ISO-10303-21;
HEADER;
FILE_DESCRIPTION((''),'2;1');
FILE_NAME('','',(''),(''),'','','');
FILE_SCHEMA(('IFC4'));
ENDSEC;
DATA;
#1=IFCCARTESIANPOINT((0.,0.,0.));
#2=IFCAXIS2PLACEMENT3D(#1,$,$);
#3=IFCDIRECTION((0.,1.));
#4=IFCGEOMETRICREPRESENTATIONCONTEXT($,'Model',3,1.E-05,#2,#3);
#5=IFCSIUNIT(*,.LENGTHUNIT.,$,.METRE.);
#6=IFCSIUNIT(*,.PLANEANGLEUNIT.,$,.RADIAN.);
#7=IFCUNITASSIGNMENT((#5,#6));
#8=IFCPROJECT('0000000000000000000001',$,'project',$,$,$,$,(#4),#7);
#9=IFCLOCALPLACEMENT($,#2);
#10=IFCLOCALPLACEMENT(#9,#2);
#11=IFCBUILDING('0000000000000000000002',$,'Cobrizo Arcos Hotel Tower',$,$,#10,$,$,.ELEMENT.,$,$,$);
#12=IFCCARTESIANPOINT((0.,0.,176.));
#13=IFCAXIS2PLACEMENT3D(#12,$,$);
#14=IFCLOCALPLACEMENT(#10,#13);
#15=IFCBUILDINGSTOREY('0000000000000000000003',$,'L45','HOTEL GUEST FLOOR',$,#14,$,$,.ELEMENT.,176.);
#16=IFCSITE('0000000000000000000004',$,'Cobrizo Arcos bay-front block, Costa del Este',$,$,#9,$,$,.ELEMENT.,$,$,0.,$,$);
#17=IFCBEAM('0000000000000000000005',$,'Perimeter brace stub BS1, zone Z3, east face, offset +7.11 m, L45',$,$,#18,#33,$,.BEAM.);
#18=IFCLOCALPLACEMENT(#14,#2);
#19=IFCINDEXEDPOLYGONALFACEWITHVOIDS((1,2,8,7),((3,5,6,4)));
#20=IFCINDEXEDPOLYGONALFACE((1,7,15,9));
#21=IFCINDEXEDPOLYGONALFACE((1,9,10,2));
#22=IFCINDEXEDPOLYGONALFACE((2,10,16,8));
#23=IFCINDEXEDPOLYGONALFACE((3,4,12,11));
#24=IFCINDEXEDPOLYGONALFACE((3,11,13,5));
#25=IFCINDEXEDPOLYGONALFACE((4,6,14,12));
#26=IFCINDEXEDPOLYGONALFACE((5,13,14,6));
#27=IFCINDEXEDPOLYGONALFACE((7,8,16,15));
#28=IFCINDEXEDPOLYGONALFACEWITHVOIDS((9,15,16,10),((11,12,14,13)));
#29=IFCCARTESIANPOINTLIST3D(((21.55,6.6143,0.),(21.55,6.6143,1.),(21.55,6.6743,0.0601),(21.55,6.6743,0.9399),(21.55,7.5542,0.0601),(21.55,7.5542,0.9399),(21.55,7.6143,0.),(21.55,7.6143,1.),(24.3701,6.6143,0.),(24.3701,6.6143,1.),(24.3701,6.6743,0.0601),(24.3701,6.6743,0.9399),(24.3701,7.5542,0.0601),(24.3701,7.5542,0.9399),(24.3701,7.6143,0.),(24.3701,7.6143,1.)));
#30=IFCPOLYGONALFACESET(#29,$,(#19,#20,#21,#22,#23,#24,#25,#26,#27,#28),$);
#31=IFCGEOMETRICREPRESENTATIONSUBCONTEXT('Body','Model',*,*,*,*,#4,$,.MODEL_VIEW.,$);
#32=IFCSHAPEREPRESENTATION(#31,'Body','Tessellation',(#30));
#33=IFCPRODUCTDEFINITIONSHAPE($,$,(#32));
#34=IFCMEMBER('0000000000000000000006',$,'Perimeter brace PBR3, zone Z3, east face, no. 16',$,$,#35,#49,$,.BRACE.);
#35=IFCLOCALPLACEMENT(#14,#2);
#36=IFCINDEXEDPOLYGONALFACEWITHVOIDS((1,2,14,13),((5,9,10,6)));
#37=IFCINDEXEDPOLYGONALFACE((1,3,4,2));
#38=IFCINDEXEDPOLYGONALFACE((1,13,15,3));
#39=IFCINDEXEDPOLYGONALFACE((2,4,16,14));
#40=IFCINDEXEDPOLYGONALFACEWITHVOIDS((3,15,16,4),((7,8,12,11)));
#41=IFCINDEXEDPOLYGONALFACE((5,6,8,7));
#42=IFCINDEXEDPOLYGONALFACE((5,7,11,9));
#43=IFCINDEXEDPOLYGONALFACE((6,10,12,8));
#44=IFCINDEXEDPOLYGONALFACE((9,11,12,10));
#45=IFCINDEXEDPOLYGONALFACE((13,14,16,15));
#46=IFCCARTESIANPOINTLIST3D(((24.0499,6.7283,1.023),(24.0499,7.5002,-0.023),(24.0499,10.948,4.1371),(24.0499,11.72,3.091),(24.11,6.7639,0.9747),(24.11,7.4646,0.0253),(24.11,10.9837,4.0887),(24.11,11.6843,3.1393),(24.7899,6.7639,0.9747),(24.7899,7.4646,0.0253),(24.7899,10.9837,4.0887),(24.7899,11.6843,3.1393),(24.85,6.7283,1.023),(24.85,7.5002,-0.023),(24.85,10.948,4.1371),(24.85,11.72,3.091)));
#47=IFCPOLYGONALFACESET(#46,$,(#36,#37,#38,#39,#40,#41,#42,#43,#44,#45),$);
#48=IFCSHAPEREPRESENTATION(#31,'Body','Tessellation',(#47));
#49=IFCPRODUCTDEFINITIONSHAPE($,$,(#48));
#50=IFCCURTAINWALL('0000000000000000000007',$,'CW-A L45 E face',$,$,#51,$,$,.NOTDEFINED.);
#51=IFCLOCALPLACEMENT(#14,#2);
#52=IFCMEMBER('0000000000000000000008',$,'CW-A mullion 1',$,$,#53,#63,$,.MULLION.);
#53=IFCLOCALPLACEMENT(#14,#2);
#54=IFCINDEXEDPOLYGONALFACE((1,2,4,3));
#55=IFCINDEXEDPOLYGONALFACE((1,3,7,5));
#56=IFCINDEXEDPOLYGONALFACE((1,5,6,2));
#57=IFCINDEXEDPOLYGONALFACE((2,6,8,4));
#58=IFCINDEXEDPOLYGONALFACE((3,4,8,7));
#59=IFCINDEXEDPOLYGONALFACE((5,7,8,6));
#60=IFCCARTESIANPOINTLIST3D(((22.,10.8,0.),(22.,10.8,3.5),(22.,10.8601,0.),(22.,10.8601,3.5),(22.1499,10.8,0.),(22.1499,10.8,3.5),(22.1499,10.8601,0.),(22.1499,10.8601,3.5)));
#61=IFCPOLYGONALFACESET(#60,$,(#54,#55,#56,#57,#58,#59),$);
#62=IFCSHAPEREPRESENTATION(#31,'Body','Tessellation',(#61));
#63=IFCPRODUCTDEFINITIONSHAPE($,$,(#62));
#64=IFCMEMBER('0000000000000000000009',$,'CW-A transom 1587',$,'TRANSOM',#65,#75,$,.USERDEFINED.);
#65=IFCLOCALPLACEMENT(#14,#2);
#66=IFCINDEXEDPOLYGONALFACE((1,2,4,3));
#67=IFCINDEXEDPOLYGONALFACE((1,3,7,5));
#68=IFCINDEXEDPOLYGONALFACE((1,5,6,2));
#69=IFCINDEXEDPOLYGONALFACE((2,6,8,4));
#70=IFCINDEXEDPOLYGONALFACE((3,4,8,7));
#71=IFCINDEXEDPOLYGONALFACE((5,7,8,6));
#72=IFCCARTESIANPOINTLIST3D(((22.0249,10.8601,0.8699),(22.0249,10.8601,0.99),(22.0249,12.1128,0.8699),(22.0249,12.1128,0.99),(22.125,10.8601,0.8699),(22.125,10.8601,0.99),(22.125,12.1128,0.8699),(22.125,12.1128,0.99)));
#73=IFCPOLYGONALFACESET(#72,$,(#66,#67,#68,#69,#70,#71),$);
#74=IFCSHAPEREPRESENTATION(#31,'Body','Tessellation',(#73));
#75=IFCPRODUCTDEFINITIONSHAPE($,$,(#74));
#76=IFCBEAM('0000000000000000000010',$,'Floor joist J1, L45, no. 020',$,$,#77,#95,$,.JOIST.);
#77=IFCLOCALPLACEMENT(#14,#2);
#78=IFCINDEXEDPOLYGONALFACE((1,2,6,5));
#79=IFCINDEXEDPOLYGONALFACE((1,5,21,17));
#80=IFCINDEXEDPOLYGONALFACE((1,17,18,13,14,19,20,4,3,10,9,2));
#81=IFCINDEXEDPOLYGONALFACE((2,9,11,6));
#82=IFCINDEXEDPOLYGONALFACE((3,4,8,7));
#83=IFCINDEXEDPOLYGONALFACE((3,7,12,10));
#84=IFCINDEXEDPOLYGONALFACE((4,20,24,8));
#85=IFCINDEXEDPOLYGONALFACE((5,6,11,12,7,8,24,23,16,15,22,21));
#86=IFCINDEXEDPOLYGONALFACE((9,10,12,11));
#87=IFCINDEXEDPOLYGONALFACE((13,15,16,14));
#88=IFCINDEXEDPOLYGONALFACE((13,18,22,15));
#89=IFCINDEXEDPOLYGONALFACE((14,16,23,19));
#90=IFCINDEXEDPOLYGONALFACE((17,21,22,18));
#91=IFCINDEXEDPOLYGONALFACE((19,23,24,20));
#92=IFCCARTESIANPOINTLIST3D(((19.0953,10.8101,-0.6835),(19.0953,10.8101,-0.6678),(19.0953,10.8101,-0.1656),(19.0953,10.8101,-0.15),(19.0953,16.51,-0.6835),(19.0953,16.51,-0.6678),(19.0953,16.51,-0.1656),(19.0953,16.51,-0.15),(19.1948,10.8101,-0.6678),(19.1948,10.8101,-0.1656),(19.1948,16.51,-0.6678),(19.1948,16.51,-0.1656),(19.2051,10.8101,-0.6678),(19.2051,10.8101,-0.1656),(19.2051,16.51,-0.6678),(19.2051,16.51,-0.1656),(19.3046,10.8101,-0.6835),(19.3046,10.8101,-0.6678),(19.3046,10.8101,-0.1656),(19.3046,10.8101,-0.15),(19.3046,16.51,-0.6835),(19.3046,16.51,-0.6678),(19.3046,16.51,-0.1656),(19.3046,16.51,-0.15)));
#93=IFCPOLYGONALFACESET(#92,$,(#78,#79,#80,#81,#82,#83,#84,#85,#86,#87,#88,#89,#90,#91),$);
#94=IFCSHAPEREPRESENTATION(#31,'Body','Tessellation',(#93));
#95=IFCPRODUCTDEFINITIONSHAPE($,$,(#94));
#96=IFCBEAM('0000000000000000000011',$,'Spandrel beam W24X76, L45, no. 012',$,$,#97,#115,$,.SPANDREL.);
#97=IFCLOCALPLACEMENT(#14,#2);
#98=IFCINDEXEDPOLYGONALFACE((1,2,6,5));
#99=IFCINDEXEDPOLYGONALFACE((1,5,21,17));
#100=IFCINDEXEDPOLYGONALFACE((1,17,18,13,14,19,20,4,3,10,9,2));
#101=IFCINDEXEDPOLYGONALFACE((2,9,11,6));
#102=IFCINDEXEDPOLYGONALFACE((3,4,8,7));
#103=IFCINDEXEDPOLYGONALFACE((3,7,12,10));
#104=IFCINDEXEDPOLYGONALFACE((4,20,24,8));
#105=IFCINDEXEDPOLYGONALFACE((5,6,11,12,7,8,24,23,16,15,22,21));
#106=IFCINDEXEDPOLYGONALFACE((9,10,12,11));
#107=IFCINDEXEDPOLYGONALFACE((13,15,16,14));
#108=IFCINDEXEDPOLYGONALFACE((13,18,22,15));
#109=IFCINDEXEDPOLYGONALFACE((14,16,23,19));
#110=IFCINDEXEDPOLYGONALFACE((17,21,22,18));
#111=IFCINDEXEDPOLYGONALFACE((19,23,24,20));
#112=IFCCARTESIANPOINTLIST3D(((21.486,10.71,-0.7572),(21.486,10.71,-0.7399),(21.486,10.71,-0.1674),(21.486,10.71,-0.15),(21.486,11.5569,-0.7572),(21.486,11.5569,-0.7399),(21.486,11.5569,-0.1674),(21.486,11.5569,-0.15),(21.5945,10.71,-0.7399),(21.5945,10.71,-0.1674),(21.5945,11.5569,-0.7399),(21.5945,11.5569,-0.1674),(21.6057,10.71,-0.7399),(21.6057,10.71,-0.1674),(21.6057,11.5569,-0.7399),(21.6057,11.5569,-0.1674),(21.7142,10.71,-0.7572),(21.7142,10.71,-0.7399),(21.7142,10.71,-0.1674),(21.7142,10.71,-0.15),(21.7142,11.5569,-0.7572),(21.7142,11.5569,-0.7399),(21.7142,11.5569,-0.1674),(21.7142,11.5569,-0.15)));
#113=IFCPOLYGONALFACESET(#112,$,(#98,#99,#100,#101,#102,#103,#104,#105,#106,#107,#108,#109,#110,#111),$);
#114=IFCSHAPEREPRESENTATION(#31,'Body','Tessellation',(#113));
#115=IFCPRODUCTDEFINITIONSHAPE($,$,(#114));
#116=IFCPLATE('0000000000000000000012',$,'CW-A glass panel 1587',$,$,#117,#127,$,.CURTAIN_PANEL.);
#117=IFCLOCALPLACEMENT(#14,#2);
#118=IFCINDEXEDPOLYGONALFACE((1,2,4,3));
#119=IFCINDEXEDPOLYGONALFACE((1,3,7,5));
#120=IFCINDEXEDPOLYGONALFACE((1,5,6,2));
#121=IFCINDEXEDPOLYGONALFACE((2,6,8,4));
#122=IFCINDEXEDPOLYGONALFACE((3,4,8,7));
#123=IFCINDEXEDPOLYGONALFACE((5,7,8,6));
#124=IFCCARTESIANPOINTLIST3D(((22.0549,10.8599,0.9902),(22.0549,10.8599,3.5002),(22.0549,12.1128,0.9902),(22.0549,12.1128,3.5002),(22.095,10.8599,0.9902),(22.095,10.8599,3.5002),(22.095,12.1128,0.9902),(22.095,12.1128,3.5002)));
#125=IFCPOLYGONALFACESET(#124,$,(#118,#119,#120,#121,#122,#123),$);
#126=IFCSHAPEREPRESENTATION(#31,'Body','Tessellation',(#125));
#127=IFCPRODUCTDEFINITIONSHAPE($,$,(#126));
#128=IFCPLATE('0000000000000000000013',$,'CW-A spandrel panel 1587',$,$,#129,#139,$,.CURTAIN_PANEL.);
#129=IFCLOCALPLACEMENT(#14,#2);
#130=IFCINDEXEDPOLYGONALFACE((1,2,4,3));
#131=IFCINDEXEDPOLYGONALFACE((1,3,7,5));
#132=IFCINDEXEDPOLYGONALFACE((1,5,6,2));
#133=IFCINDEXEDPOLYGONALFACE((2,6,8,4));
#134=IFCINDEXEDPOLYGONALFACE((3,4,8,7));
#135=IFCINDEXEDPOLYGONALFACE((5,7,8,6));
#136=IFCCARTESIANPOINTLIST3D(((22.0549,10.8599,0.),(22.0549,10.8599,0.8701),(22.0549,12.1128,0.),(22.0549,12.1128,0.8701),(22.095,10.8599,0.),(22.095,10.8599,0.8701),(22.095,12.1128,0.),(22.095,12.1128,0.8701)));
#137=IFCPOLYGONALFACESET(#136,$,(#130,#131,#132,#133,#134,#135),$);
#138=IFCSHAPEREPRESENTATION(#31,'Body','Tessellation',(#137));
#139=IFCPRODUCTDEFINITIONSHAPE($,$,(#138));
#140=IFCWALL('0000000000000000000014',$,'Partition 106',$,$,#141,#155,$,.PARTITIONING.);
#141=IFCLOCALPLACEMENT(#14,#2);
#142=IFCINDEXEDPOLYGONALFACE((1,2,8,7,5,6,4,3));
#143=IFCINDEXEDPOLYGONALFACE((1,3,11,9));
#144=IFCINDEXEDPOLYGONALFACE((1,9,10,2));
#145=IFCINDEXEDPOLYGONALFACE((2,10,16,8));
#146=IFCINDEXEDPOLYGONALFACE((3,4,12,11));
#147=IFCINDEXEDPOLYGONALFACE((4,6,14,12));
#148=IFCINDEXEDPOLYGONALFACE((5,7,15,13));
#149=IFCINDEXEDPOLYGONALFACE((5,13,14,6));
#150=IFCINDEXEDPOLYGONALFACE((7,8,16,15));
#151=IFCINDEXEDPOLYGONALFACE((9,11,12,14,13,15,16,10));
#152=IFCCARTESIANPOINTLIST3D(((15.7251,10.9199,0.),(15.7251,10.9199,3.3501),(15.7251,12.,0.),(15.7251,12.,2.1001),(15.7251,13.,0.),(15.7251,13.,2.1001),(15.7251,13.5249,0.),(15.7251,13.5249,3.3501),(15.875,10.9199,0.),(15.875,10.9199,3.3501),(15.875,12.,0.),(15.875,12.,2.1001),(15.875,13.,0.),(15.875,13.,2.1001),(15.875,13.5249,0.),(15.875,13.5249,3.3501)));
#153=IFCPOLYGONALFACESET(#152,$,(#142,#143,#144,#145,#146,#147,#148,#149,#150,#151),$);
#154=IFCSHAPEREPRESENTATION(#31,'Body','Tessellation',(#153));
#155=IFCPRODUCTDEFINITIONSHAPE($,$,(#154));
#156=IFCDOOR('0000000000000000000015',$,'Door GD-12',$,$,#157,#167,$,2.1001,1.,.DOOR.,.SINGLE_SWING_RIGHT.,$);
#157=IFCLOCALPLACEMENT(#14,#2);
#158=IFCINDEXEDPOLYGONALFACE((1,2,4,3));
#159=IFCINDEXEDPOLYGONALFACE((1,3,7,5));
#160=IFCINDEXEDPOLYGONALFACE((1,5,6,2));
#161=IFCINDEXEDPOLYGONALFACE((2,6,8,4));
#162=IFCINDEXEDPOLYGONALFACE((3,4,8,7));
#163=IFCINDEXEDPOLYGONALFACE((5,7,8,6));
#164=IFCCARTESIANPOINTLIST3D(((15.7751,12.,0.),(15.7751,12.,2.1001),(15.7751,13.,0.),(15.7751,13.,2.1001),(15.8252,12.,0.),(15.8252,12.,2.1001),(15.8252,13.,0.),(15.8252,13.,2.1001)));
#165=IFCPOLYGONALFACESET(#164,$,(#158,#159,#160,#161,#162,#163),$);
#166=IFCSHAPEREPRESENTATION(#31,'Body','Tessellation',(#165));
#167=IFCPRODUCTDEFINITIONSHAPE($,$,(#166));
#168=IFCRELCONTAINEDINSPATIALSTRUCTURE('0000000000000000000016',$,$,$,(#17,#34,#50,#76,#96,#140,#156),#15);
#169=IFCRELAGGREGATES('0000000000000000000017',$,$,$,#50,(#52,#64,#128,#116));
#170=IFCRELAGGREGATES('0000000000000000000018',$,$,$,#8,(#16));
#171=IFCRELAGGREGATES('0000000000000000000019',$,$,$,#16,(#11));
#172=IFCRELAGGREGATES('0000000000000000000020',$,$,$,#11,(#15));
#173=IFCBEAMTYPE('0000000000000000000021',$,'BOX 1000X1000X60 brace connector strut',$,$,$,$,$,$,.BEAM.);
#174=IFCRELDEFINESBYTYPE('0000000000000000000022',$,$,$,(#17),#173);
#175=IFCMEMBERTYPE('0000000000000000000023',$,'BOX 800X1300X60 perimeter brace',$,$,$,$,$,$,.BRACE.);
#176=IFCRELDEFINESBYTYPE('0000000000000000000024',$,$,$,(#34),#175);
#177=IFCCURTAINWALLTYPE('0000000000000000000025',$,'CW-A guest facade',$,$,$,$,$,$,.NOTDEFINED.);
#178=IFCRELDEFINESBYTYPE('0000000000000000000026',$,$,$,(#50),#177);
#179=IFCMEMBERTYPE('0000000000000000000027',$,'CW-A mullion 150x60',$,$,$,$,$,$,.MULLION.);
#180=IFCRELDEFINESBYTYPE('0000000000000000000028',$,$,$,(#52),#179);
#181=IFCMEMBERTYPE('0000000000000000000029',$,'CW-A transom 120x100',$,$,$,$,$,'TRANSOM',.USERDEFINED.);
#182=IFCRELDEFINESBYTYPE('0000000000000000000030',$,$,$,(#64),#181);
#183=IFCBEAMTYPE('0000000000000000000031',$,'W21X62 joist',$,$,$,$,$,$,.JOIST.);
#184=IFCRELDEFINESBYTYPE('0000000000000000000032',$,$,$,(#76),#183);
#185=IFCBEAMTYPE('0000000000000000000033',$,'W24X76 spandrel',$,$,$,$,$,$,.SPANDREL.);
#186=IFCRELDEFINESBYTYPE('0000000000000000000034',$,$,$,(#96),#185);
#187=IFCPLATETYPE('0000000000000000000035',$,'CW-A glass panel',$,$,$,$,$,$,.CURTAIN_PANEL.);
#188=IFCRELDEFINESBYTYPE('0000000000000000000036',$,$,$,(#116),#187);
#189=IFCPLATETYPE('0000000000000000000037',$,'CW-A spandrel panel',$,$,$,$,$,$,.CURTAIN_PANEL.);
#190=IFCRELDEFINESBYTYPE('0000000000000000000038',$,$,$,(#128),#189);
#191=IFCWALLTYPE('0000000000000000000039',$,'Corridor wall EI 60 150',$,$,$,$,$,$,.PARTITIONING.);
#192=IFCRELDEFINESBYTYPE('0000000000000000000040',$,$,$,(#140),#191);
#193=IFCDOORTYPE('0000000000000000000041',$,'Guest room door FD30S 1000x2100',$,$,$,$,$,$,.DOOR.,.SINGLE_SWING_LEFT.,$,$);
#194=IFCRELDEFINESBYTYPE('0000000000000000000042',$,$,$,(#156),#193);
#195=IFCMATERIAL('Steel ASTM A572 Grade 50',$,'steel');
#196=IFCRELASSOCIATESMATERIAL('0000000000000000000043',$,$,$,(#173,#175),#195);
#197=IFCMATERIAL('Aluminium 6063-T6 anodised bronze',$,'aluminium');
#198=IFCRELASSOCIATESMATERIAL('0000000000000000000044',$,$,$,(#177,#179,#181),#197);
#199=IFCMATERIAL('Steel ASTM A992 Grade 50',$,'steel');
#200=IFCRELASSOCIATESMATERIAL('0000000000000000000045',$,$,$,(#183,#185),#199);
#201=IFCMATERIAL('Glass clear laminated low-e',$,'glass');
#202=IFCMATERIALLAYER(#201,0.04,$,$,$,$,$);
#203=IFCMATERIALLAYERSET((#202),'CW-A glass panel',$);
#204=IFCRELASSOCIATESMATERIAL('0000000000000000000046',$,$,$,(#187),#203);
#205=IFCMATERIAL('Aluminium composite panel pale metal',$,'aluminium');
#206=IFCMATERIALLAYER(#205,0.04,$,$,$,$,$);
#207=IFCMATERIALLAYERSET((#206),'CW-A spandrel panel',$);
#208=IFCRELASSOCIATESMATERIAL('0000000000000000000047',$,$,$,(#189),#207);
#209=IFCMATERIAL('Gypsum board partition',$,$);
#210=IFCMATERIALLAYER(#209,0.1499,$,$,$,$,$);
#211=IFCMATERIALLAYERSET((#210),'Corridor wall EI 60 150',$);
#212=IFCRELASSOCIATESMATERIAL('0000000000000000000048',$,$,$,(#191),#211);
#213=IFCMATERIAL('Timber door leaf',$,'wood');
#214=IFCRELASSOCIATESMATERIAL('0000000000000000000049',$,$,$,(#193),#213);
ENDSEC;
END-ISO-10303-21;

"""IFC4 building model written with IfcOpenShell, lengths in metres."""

from ifc_helpers import new_model, si_unit, direction, frame, frame_2d, origin, origin_2d, place, context, subcontext, project, spatial, rectangle, hollow_rectangle, i_section, extrude, material, layer, layer_set, material_profile, profile_set, type_object, element, fill, aggregate, save


model = new_model("IFC4")

# Units and contexts
model_context = context("Model", 3, precision=1e-05, world=origin(), true_north=direction((0.0, 1.0)))
body_context = subcontext(model_context, "Body", "Model", "MODEL_VIEW")
ifc_project = project(units=[si_unit("LENGTHUNIT", "METRE"), si_unit("PLANEANGLEUNIT", "RADIAN")], contexts=[model_context])

# Site, building, storey
site_placement = place(None, origin())
site = spatial("IfcSite", under=ifc_project, at=site_placement, Name="Cobrizo Arcos bay-front block, Costa del Este", CompositionType="ELEMENT", RefElevation=0.0)
building_placement = place(site_placement, origin())
building = spatial("IfcBuilding", under=site, at=building_placement, Name="Cobrizo Arcos Hotel Tower", CompositionType="ELEMENT")
storey_placement = place(building_placement, frame((0.0, 0.0, 176.0)))
storey = spatial("IfcBuildingStorey", under=building, at=storey_placement, Name="L45", Description="HOTEL GUEST FLOOR", CompositionType="ELEMENT", Elevation=176.0)

# Beam
ifc_material_1 = material(Name="Steel ASTM A572 Grade 50", Category="steel")
ifc_material_profile_1 = material_profile(ifc_material_1, hollow_rectangle(XDim=1.0, YDim=1.0, WallThickness=0.0601, at=origin_2d()), Name="BOX 1000X1000X60")
ifc_profile_set_1 = profile_set([ifc_material_profile_1], Name="Steel ASTM A572 Grade 50")
beam_type_1 = type_object("IfcBeamType", Name="BOX 1000X1000X60 brace connector strut", PredefinedType="BEAM", material=ifc_profile_set_1)
beam_1_placement = place(storey_placement, frame((21.55, 7.1143, 0.5), z_axis=(1.0, 0.0, 0.0), x_axis=(0.0, 1.0, 0.0)))
element("IfcBeam", 1, at=beam_1_placement, inside=storey, type_object=beam_type_1, Name="Perimeter brace stub BS1, zone Z3, east face, offset +7.11 m, L45", PredefinedType="BEAM", context=body_context, shape_type="SweptSolid", body=[
    extrude(hollow_rectangle(XDim=1.0, YDim=1.0, WallThickness=0.0601, at=origin_2d()), origin(), (0.0, 0.0, 1.0), 2.8201),
])

# Member
ifc_material_profile_2 = material_profile(ifc_material_1, hollow_rectangle(XDim=0.8, YDim=1.3, WallThickness=0.0601, at=origin_2d()), Name="BOX 800X1300X60")
ifc_profile_set_2 = profile_set([ifc_material_profile_2], Name="Steel ASTM A572 Grade 50")
member_type_1 = type_object("IfcMemberType", Name="BOX 800X1300X60 perimeter brace", PredefinedType="BRACE", material=ifc_profile_set_2)
member_1_placement = place(storey_placement, frame((24.45, 7.1143, 0.5), z_axis=(0.0, 0.804624, 0.593785), x_axis=(-1.0, 0.0, 0.0)))
element("IfcMember", 2, at=member_1_placement, inside=storey, type_object=member_type_1, Name="Perimeter brace PBR3, zone Z3, east face, no. 16", PredefinedType="BRACE", context=body_context, shape_type="SweptSolid", body=[
    extrude(hollow_rectangle(XDim=0.8, YDim=1.3, WallThickness=0.0601, at=origin_2d()), origin(), (0.0, 0.0, 1.0), 5.2444),
])

# Curtain wall, members
ifc_material_2 = material(Name="Aluminium 6063-T6 anodised bronze", Category="aluminium")
curtain_wall_type = type_object("IfcCurtainWallType", Name="CW-A guest facade", PredefinedType="NOTDEFINED", material=ifc_material_2)
curtain_wall_placement = place(storey_placement, origin())
curtain_wall = element("IfcCurtainWall", 3, at=curtain_wall_placement, inside=storey, type_object=curtain_wall_type, Name="CW-A L45 E face", PredefinedType="NOTDEFINED")
ifc_material_profile_3 = material_profile(ifc_material_2, rectangle(XDim=0.1499, YDim=0.0601, at=origin_2d()), Name="CW-A mullion 150x60")
ifc_profile_set_3 = profile_set([ifc_material_profile_3], Name="Aluminium 6063-T6 anodised bronze")
member_type_2 = type_object("IfcMemberType", Name="CW-A mullion 150x60", PredefinedType="MULLION", material=ifc_profile_set_3)
member_2_placement = place(storey_placement, frame((22.075, 10.8301, 0.0), z_axis=(0.0, 0.0, 1.0), x_axis=(1.0, 0.0, 0.0)))
member_2 = element("IfcMember", 4, at=member_2_placement, type_object=member_type_2, Name="CW-A mullion 1", PredefinedType="MULLION", context=body_context, shape_type="SweptSolid", body=[
    extrude(rectangle(XDim=0.1499, YDim=0.0601, at=origin_2d()), origin(), (0.0, 0.0, 1.0), 3.5),
])
ifc_material_profile_4 = material_profile(ifc_material_2, rectangle(XDim=0.1001, YDim=0.1201, at=origin_2d()), Name="CW-A transom 120x100")
ifc_profile_set_4 = profile_set([ifc_material_profile_4], Name="Aluminium 6063-T6 anodised bronze")
member_type_3 = type_object("IfcMemberType", Name="CW-A transom 120x100", ElementType="TRANSOM", PredefinedType="USERDEFINED", material=ifc_profile_set_4)
member_3_placement = place(storey_placement, frame((22.075, 10.8601, 0.9299), z_axis=(0.0, 1.0, 0.0), x_axis=(-1.0, 0.0, 0.0)))
member_3 = element("IfcMember", 5, at=member_3_placement, type_object=member_type_3, Name="CW-A transom 1587", ObjectType="TRANSOM", PredefinedType="USERDEFINED", context=body_context, shape_type="SweptSolid", body=[
    extrude(rectangle(XDim=0.1001, YDim=0.1201, at=origin_2d()), origin(), (0.0, 0.0, 1.0), 1.2527),
])

# Beams
ifc_material_3 = material(Name="Steel ASTM A992 Grade 50", Category="steel")
ifc_material_profile_5 = material_profile(ifc_material_3, i_section(OverallWidth=0.2092, OverallDepth=0.5334, WebThickness=0.0103, FlangeThickness=0.0156, at=origin_2d()), Name="W21X62")
ifc_profile_set_5 = profile_set([ifc_material_profile_5], Name="Steel ASTM A992 Grade 50")
beam_type_2 = type_object("IfcBeamType", Name="W21X62 joist", PredefinedType="JOIST", material=ifc_profile_set_5)
beam_2_placement = place(storey_placement, frame((19.2, 10.8101, -0.4167), z_axis=(0.0, 1.0, 0.0), x_axis=(-1.0, 0.0, 0.0)))
element("IfcBeam", 6, at=beam_2_placement, inside=storey, type_object=beam_type_2, Name="Floor joist J1, L45, no. 020", PredefinedType="JOIST", context=body_context, shape_type="SweptSolid", body=[
    extrude(i_section(OverallWidth=0.2092, OverallDepth=0.5334, WebThickness=0.0103, FlangeThickness=0.0156, at=origin_2d()), origin(), (0.0, 0.0, 1.0), 5.7),
])
ifc_material_profile_6 = material_profile(ifc_material_3, i_section(OverallWidth=0.2283, OverallDepth=0.6072, WebThickness=0.0112, FlangeThickness=0.0173, at=origin_2d()), Name="W24X76")
ifc_profile_set_6 = profile_set([ifc_material_profile_6], Name="Steel ASTM A992 Grade 50")
beam_type_3 = type_object("IfcBeamType", Name="W24X76 spandrel", PredefinedType="SPANDREL", material=ifc_profile_set_6)
beam_3_placement = place(storey_placement, frame((21.6001, 10.71, -0.4536), z_axis=(0.0, 1.0, 0.0), x_axis=(-1.0, 0.0, 0.0)))
element("IfcBeam", 7, at=beam_3_placement, inside=storey, type_object=beam_type_3, Name="Spandrel beam W24X76, L45, no. 012", PredefinedType="SPANDREL", context=body_context, shape_type="SweptSolid", body=[
    extrude(i_section(OverallWidth=0.2283, OverallDepth=0.6072, WebThickness=0.0112, FlangeThickness=0.0173, at=origin_2d()), origin(), (0.0, 0.0, 1.0), 0.8469),
])

# Plates
ifc_material_4 = material(Name="Glass clear laminated low-e", Category="glass")
ifc_layer_1 = layer(ifc_material_4, 0.04)
ifc_layer_set_1 = layer_set([ifc_layer_1], Name="CW-A glass panel")
plate_type_1 = type_object("IfcPlateType", Name="CW-A glass panel", PredefinedType="CURTAIN_PANEL", material=ifc_layer_set_1)
plate_1_placement = place(storey_placement, frame((22.075, 11.4863, 0.9902), z_axis=(0.0, 0.0, 1.0), x_axis=(0.0, 1.0, 0.0)))
plate_1 = element("IfcPlate", 8, at=plate_1_placement, type_object=plate_type_1, Name="CW-A glass panel 1587", PredefinedType="CURTAIN_PANEL", context=body_context, shape_type="SweptSolid", body=[
    extrude(rectangle(XDim=1.2529, YDim=0.04, at=origin_2d()), origin(), (0.0, 0.0, 1.0), 2.51),
])
ifc_material_5 = material(Name="Aluminium composite panel pale metal", Category="aluminium")
ifc_layer_2 = layer(ifc_material_5, 0.04)
ifc_layer_set_2 = layer_set([ifc_layer_2], Name="CW-A spandrel panel")
plate_type_2 = type_object("IfcPlateType", Name="CW-A spandrel panel", PredefinedType="CURTAIN_PANEL", material=ifc_layer_set_2)
plate_2_placement = place(storey_placement, frame((22.075, 11.4863, 0.0), z_axis=(0.0, 0.0, 1.0), x_axis=(0.0, 1.0, 0.0)))
plate_2 = element("IfcPlate", 9, at=plate_2_placement, type_object=plate_type_2, Name="CW-A spandrel panel 1587", PredefinedType="CURTAIN_PANEL", context=body_context, shape_type="SweptSolid", body=[
    extrude(rectangle(XDim=1.2529, YDim=0.04, at=origin_2d()), origin(), (0.0, 0.0, 1.0), 0.8701),
])
aggregate(curtain_wall, [member_2, member_3, plate_2, plate_1])

# Wall, opening, door
ifc_material_6 = material(Name="Gypsum board partition")
ifc_layer_3 = layer(ifc_material_6, 0.1499)
ifc_layer_set_3 = layer_set([ifc_layer_3], Name="Corridor wall EI 60 150")
wall_type_1 = type_object("IfcWallType", Name="Corridor wall EI 60 150", PredefinedType="PARTITIONING", material=ifc_layer_set_3)
wall_1_placement = place(storey_placement, frame((15.8, 10.9199, 0.0), z_axis=(0.0, 0.0, 1.0), x_axis=(0.0, 1.0, 0.0)))
wall_1 = element("IfcWall", 10, at=wall_1_placement, inside=storey, type_object=wall_type_1, Name="Partition 106", PredefinedType="PARTITIONING", context=body_context, shape_type="SweptSolid", body=[
    extrude(rectangle(XDim=2.605, YDim=0.1499, at=frame_2d((1.3025, 0.0))), origin(), (0.0, 0.0, 1.0), 3.3501),
])
opening_1_placement = place(wall_1_placement, frame((1.0801, 0.0, 0.0)))
opening_1 = element("IfcOpeningElement", 11, at=opening_1_placement, cuts=wall_1, PredefinedType="OPENING", context=body_context, shape_type="SweptSolid", body=[
    extrude(rectangle(XDim=1.0, YDim=2.1001, at=frame_2d((0.5, 1.05))), frame((0.0, 0.0869, 0.0), z_axis=(0.0, -1.0, 0.0), x_axis=(1.0, 0.0, 0.0)), (0.0, 0.0, 1.0), 0.1738),
])
ifc_material_7 = material(Name="Timber door leaf", Category="wood")
door_type_1 = type_object("IfcDoorType", Name="Guest room door FD30S 1000x2100", OperationType="SINGLE_SWING_LEFT", PredefinedType="DOOR", material=ifc_material_7)
door_1_placement = place(opening_1_placement, origin())
door_1 = element("IfcDoor", 12, at=door_1_placement, inside=storey, type_object=door_type_1, Name="Door GD-12", OperationType="SINGLE_SWING_RIGHT", OverallHeight=2.1001, OverallWidth=1.0, PredefinedType="DOOR", context=body_context, shape_type="SweptSolid", body=[
    extrude(rectangle(XDim=1.0, YDim=2.1001, at=frame_2d((0.5, 1.05))), frame((0.0, 0.0249, 0.0), z_axis=(0.0, -1.0, 0.0), x_axis=(1.0, 0.0, 0.0)), (0.0, 0.0, 1.0), 0.05),
])
fill(opening_1, door_1)

save(model, "model.ifc")
